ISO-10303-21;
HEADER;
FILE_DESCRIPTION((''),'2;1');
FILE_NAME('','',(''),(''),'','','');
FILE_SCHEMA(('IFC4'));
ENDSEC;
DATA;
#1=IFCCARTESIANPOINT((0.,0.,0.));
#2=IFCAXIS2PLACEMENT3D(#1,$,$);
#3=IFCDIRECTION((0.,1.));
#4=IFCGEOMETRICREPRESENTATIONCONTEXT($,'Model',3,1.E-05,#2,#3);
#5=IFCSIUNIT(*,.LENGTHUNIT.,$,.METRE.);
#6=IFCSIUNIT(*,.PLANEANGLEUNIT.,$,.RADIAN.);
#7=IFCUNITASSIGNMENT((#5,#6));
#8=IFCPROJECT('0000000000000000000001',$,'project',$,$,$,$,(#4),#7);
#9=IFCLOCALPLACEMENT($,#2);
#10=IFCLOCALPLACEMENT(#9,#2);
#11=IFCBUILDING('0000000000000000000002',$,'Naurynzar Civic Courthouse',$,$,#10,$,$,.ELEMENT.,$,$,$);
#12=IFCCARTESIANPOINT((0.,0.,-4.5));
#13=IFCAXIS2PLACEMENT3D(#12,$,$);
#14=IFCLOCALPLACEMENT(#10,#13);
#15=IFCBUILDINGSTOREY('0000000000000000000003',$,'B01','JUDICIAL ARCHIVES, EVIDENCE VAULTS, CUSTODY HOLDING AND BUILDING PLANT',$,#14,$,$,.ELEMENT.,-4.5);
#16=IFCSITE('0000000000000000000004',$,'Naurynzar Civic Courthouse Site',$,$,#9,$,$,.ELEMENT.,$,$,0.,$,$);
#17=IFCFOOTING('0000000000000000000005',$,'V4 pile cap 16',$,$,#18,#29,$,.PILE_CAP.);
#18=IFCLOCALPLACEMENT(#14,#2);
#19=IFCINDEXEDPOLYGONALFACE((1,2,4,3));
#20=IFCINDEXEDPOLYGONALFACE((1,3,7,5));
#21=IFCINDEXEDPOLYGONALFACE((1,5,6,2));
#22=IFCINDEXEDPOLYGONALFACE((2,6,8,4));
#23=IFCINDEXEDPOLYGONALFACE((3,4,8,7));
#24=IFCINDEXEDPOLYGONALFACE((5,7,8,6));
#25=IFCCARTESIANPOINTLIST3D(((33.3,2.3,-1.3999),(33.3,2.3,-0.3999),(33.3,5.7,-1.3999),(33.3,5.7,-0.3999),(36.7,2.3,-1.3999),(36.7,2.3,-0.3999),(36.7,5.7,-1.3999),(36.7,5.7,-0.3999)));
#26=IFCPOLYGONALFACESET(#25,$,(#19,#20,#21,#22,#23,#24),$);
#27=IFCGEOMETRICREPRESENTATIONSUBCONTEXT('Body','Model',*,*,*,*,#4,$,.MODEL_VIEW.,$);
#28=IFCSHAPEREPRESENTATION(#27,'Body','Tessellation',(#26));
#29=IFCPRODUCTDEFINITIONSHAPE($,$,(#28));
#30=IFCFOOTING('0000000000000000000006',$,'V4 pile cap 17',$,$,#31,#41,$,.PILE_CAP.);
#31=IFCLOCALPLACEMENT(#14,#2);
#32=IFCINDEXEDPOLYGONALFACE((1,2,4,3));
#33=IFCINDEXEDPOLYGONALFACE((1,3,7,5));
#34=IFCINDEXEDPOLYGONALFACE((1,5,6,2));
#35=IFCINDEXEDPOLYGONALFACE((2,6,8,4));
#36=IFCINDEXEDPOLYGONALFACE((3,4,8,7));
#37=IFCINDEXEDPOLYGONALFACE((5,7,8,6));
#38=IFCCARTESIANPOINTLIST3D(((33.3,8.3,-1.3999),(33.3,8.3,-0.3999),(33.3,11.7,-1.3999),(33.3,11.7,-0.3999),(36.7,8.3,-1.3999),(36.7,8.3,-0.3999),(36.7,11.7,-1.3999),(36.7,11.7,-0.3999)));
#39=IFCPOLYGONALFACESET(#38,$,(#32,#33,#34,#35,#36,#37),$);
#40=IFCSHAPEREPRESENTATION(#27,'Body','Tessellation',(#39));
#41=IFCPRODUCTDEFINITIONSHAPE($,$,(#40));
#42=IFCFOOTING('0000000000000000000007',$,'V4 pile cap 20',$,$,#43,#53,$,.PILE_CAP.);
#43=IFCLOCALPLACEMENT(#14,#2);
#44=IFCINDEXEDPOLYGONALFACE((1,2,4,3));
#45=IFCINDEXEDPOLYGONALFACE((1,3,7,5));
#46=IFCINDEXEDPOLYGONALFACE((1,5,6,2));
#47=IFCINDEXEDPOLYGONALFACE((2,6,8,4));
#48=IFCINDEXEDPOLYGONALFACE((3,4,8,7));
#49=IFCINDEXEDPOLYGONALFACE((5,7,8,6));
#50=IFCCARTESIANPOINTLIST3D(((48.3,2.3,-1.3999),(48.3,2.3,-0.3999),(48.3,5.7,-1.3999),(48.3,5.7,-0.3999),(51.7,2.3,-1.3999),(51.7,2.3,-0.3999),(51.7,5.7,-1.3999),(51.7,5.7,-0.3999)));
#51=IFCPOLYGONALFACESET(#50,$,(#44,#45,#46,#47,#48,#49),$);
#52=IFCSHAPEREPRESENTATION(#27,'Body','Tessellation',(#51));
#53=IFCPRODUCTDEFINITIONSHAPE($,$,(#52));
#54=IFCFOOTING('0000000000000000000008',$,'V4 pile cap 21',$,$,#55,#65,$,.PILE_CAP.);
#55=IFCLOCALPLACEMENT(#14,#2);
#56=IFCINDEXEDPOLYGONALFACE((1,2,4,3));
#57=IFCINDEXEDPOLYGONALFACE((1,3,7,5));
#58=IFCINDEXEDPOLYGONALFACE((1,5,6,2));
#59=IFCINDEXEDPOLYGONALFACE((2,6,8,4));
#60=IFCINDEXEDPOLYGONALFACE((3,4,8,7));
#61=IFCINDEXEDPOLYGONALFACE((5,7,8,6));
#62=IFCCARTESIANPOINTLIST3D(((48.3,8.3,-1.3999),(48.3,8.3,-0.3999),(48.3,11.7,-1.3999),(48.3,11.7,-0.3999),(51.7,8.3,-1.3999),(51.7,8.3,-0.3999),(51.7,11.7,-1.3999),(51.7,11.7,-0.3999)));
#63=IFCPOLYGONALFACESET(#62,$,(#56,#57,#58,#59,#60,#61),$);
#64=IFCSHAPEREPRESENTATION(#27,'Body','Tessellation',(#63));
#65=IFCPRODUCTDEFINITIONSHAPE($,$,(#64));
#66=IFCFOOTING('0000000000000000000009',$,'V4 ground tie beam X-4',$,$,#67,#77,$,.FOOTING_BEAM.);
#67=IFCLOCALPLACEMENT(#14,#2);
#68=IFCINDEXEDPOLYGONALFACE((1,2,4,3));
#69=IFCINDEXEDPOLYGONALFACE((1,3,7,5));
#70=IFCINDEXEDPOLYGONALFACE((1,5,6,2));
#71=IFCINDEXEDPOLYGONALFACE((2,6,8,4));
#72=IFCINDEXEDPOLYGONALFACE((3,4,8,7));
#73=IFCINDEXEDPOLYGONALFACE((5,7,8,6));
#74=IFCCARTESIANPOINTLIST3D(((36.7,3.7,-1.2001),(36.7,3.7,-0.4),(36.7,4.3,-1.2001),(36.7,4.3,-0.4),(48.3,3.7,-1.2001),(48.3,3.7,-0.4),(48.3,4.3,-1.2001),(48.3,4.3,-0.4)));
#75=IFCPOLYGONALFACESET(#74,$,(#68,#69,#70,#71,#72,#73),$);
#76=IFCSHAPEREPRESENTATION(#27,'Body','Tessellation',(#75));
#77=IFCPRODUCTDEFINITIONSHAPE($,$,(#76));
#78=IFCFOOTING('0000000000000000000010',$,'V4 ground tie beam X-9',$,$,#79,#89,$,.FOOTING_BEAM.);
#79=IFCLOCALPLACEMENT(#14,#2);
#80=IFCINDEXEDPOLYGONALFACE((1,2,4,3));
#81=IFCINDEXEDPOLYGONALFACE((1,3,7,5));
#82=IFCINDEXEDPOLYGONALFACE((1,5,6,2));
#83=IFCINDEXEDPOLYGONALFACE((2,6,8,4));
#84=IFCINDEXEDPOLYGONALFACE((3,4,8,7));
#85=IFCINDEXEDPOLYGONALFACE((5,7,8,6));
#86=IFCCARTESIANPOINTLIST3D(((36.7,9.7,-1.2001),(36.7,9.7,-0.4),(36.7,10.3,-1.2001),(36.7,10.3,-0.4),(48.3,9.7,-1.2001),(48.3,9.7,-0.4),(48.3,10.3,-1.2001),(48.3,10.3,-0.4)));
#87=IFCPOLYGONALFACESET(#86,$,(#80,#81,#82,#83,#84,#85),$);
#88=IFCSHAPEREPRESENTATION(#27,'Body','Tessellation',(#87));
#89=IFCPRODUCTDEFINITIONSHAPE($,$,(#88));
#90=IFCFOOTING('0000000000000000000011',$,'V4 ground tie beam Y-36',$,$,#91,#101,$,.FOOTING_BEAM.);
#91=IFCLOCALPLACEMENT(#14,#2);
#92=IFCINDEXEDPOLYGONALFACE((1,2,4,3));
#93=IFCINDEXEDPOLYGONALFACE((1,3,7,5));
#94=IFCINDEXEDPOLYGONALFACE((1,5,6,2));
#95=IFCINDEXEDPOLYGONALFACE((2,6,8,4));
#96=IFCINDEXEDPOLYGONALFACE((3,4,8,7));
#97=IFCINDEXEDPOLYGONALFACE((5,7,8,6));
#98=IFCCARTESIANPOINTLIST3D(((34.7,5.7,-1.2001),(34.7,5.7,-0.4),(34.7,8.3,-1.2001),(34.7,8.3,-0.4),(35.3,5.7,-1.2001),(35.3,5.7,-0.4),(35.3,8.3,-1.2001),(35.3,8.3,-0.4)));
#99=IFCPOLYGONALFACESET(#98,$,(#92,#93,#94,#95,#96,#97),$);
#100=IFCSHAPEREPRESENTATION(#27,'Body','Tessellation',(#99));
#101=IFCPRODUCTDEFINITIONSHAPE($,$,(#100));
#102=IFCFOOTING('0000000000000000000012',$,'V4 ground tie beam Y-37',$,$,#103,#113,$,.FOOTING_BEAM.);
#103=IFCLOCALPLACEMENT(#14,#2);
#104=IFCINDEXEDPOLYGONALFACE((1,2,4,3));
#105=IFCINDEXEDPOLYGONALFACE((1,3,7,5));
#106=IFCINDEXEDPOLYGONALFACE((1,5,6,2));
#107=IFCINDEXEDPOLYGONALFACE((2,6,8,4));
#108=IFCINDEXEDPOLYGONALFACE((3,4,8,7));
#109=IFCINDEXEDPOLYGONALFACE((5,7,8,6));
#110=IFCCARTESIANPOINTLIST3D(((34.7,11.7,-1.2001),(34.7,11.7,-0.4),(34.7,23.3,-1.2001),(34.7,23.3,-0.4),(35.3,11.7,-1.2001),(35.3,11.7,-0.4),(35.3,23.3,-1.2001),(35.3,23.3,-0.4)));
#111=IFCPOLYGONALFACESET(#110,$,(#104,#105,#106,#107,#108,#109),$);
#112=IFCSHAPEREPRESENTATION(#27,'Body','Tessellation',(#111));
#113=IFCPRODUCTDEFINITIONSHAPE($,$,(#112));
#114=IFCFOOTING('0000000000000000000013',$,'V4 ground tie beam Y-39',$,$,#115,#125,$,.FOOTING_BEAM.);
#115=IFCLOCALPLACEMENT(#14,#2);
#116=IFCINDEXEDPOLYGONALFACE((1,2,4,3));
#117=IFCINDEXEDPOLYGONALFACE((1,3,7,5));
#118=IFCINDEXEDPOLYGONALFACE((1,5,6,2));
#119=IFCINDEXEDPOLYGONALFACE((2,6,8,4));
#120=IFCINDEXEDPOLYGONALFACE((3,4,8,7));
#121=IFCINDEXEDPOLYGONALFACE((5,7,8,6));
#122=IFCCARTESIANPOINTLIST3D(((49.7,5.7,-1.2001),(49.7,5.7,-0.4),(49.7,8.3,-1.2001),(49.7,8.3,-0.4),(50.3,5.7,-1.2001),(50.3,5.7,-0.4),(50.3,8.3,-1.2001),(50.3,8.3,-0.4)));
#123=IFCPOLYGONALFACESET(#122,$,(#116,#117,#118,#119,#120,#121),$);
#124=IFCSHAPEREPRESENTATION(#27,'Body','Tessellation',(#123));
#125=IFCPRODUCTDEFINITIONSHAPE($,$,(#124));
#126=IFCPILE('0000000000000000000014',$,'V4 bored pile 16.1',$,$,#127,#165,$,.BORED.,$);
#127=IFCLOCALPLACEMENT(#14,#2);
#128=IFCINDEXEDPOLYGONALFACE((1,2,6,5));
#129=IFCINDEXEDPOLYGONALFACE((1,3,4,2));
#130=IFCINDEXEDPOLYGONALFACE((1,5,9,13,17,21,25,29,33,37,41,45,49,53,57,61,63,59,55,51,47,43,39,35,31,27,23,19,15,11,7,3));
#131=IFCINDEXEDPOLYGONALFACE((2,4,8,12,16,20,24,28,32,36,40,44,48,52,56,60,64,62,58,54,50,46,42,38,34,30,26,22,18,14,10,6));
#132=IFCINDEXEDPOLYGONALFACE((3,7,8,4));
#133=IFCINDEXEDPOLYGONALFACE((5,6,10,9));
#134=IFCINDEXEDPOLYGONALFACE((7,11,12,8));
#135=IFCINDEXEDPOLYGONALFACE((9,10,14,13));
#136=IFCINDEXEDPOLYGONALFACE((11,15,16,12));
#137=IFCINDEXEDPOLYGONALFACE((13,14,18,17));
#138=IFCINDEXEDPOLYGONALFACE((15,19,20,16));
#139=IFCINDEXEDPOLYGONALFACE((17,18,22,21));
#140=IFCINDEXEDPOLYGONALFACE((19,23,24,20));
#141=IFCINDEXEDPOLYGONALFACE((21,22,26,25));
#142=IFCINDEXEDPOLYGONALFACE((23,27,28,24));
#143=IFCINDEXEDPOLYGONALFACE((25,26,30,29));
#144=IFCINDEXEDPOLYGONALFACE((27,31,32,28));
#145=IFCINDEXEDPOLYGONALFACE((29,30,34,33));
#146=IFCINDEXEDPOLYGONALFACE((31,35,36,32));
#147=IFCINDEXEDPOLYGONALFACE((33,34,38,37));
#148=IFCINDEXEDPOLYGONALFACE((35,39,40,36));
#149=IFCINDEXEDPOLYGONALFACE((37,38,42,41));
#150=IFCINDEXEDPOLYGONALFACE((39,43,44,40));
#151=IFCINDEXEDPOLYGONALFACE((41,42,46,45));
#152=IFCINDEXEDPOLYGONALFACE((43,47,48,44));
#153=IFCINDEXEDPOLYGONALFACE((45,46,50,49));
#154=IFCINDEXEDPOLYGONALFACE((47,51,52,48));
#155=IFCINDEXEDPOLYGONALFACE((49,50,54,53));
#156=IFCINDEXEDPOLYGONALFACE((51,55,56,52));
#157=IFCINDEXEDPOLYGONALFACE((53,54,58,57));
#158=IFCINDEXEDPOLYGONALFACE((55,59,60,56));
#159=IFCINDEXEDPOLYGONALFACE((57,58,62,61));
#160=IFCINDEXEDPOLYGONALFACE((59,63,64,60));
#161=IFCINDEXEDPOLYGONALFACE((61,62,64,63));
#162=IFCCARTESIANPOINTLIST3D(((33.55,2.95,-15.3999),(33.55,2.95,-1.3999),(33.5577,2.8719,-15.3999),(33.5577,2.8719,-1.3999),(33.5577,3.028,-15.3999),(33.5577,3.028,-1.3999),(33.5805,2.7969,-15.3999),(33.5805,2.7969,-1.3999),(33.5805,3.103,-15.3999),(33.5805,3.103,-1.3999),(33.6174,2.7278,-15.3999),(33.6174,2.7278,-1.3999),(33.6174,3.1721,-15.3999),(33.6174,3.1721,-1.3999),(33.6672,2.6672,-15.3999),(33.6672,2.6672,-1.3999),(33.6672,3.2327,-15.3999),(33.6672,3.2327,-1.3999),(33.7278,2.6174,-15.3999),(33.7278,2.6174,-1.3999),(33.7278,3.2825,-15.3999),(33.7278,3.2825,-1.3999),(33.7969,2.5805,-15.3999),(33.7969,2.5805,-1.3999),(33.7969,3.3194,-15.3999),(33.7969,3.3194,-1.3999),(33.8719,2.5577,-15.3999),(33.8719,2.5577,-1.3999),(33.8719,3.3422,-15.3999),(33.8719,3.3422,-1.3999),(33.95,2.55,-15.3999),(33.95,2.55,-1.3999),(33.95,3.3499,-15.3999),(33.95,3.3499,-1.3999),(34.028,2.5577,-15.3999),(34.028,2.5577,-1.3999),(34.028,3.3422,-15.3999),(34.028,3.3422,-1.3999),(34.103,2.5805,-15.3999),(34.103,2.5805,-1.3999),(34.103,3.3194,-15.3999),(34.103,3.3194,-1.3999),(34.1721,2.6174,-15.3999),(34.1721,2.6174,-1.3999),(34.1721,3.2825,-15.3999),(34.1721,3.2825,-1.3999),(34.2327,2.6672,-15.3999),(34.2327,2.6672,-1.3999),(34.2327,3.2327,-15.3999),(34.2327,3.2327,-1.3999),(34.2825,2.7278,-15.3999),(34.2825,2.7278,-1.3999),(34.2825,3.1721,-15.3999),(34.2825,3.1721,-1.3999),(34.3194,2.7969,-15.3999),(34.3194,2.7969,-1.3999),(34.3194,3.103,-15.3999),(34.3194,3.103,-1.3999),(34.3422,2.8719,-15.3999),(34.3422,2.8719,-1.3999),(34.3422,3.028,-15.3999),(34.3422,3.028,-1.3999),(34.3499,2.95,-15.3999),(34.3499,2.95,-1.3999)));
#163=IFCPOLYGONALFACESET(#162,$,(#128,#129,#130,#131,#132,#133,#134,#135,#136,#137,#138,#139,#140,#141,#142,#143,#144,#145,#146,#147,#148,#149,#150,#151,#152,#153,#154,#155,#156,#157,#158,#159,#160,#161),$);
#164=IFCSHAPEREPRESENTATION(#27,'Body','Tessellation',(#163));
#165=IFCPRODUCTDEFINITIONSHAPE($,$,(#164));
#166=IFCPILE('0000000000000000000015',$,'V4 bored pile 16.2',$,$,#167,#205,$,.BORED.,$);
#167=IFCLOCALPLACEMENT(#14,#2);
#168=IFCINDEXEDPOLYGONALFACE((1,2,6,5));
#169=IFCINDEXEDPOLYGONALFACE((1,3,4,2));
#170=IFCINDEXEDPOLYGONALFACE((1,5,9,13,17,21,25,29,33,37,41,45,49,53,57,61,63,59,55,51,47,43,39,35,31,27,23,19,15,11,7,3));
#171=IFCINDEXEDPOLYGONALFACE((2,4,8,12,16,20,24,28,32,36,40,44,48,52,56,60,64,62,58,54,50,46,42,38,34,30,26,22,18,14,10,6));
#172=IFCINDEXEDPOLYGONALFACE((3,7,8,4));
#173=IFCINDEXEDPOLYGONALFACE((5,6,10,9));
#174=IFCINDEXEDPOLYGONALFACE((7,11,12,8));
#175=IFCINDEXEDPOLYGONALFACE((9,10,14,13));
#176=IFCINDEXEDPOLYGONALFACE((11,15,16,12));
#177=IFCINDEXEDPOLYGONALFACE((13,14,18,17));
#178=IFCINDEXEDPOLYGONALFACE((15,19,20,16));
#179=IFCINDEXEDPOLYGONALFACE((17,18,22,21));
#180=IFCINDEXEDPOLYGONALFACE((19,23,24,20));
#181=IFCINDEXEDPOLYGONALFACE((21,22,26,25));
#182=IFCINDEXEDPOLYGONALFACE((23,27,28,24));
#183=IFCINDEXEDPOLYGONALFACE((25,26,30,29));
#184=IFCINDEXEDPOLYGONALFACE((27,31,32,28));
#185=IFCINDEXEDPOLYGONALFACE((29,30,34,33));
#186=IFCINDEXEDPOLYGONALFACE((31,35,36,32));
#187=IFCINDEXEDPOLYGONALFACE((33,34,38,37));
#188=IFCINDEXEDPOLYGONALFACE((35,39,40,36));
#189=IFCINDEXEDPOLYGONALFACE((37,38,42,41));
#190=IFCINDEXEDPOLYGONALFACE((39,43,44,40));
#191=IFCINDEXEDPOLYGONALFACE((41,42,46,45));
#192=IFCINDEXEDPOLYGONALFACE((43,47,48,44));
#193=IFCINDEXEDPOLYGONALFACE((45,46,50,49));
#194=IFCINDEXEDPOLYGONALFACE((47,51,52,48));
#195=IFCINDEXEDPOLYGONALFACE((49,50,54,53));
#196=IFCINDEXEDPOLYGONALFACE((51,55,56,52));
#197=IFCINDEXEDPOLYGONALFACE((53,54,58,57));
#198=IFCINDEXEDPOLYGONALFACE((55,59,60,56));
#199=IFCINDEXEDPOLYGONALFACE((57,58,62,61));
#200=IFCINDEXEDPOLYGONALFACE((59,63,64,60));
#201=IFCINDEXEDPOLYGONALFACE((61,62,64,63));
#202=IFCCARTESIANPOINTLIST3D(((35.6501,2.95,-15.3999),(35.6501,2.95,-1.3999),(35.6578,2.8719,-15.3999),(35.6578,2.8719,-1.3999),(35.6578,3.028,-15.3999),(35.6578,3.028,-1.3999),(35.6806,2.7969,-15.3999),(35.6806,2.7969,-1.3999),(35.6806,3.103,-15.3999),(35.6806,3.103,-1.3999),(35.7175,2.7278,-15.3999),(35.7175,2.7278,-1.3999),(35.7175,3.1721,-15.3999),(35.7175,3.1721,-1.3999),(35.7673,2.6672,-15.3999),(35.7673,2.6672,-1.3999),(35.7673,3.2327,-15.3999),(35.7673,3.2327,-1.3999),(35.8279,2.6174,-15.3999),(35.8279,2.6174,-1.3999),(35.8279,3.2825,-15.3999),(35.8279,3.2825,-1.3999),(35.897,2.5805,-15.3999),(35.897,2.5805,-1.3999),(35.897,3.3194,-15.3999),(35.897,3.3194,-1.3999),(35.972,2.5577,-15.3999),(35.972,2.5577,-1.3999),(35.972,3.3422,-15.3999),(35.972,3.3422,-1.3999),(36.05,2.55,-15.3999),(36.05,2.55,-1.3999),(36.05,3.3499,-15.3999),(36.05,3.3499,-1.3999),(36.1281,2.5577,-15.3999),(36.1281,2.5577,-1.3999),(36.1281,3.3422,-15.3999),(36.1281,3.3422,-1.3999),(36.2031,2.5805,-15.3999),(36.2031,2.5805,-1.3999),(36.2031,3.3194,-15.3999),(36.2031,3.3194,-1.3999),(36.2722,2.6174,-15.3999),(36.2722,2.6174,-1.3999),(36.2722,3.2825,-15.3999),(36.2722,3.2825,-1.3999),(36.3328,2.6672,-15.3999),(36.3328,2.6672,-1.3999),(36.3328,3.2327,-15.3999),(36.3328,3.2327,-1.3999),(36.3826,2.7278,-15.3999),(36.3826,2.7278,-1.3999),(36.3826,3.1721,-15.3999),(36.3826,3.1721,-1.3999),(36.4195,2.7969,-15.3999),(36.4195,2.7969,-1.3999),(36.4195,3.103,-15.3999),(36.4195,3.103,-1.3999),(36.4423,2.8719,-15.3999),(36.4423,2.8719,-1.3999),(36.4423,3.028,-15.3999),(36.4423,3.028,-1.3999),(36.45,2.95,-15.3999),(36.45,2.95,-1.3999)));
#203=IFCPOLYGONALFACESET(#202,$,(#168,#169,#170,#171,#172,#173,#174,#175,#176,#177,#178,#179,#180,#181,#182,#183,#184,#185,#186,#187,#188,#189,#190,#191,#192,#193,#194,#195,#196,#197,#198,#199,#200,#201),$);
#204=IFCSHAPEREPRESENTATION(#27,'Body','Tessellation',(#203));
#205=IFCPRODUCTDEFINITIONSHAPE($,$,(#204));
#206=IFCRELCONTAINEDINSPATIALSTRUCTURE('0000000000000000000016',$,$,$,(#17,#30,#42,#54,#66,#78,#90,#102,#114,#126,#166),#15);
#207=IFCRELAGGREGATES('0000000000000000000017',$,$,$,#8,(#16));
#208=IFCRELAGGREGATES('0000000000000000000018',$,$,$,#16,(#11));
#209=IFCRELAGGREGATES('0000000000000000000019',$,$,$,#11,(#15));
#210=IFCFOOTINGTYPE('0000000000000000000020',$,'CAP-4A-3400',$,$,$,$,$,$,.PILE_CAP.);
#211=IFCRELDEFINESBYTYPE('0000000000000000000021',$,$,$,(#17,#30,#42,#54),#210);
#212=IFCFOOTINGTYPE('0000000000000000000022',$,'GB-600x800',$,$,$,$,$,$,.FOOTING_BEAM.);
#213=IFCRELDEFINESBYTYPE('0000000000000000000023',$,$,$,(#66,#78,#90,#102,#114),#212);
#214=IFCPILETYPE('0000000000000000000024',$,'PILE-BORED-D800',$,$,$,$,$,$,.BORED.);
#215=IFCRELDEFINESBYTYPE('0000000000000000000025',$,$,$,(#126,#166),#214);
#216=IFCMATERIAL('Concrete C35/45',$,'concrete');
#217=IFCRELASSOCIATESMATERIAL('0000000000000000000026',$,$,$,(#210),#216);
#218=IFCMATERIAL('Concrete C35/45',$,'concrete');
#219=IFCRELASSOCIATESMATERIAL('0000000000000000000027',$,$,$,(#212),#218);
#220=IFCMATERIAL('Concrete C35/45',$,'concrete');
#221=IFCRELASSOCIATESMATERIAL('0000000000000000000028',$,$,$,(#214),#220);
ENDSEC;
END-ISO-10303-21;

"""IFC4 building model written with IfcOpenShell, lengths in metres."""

from ifc_helpers import new_model, si_unit, direction, frame, origin, origin_2d, place, context, subcontext, project, spatial, rectangle, circle, extrude, material, material_profile, profile_set, type_object, element, save


model = new_model("IFC4")

# Units and contexts
model_context = context("Model", 3, precision=1e-05, world=origin(), true_north=direction((0.0, 1.0)))
body_context = subcontext(model_context, "Body", "Model", "MODEL_VIEW")
ifc_project = project(units=[si_unit("LENGTHUNIT", "METRE"), si_unit("PLANEANGLEUNIT", "RADIAN")], contexts=[model_context])

# Site, building, storey
site_placement = place(None, origin())
site = spatial("IfcSite", under=ifc_project, at=site_placement, Name="Naurynzar Civic Courthouse Site", CompositionType="ELEMENT", RefElevation=0.0)
building_placement = place(site_placement, origin())
building = spatial("IfcBuilding", under=site, at=building_placement, Name="Naurynzar Civic Courthouse", CompositionType="ELEMENT")
storey_placement = place(building_placement, frame((0.0, 0.0, -4.5)))
storey = spatial("IfcBuildingStorey", under=building, at=storey_placement, Name="B01", Description="JUDICIAL ARCHIVES, EVIDENCE VAULTS, CUSTODY HOLDING AND BUILDING PLANT", CompositionType="ELEMENT", Elevation=-4.5)

# Footings
ifc_material_1 = material(Name="Concrete C35/45", Category="concrete")
footing_type_1 = type_object("IfcFootingType", Name="CAP-4A-3400", PredefinedType="PILE_CAP", material=ifc_material_1)
for number, where, z_axis, x_axis, name in (
    (1, (35.0, 4.0, -1.3999), (0.0, 0.0, 1.0), (1.0, 0.0, 0.0), "V4 pile cap 16"),
    (2, (35.0, 10.0, -1.3999), (0.0, 0.0, 1.0), (1.0, 0.0, 0.0), "V4 pile cap 17"),
    (3, (50.0, 4.0, -1.3999), (0.0, 0.0, 1.0), (1.0, 0.0, 0.0), "V4 pile cap 20"),
    (4, (50.0, 10.0, -1.3999), (0.0, 0.0, 1.0), (1.0, 0.0, 0.0), "V4 pile cap 21"),
):
    element("IfcFooting", number, at=place(storey_placement, frame(where, z_axis=z_axis, x_axis=x_axis)), inside=storey, type_object=footing_type_1, Name=name, PredefinedType="PILE_CAP", context=body_context, shape_type="SweptSolid", body=[
        extrude(rectangle(XDim=3.3999, YDim=3.3999, at=origin_2d()), origin(), (0.0, 0.0, 1.0), 1.0),
    ])
ifc_material_2 = material(Name="Concrete C35/45", Category="concrete")
ifc_material_profile_1 = material_profile(ifc_material_2, rectangle(XDim=0.6001, YDim=0.8, at=origin_2d()), Name="GB 600x800")
ifc_profile_set_1 = profile_set([ifc_material_profile_1], Name="Concrete C35/45")
footing_type_2 = type_object("IfcFootingType", Name="GB-600x800", PredefinedType="FOOTING_BEAM", material=ifc_profile_set_1)
for number, where, z_axis, x_axis, name in (
    (5, (36.7, 4.0, -0.8), (1.0, 0.0, 0.0), (0.0, 1.0, 0.0), "V4 ground tie beam X-4"),
    (6, (36.7, 10.0, -0.8), (1.0, 0.0, 0.0), (0.0, 1.0, 0.0), "V4 ground tie beam X-9"),
):
    element("IfcFooting", number, at=place(storey_placement, frame(where, z_axis=z_axis, x_axis=x_axis)), inside=storey, type_object=footing_type_2, Name=name, PredefinedType="FOOTING_BEAM", context=body_context, shape_type="SweptSolid", body=[
        extrude(rectangle(XDim=0.6001, YDim=0.8, at=origin_2d()), origin(), (0.0, 0.0, 1.0), 11.6001),
    ])
footing_1_placement = place(storey_placement, frame((35.0, 5.7, -0.8), z_axis=(0.0, 1.0, 0.0), x_axis=(-1.0, 0.0, 0.0)))
element("IfcFooting", 7, at=footing_1_placement, inside=storey, type_object=footing_type_2, Name="V4 ground tie beam Y-36", PredefinedType="FOOTING_BEAM", context=body_context, shape_type="SweptSolid", body=[
    extrude(rectangle(XDim=0.6001, YDim=0.8, at=origin_2d()), origin(), (0.0, 0.0, 1.0), 2.6001),
])
footing_2_placement = place(storey_placement, frame((35.0, 11.7, -0.8), z_axis=(0.0, 1.0, 0.0), x_axis=(-1.0, 0.0, 0.0)))
element("IfcFooting", 8, at=footing_2_placement, inside=storey, type_object=footing_type_2, Name="V4 ground tie beam Y-37", PredefinedType="FOOTING_BEAM", context=body_context, shape_type="SweptSolid", body=[
    extrude(rectangle(XDim=0.6001, YDim=0.8, at=origin_2d()), origin(), (0.0, 0.0, 1.0), 11.6001),
])
footing_3_placement = place(storey_placement, frame((50.0, 5.7, -0.8), z_axis=(0.0, 1.0, 0.0), x_axis=(-1.0, 0.0, 0.0)))
element("IfcFooting", 9, at=footing_3_placement, inside=storey, type_object=footing_type_2, Name="V4 ground tie beam Y-39", PredefinedType="FOOTING_BEAM", context=body_context, shape_type="SweptSolid", body=[
    extrude(rectangle(XDim=0.6001, YDim=0.8, at=origin_2d()), origin(), (0.0, 0.0, 1.0), 2.6001),
])

# Piles
ifc_material_3 = material(Name="Concrete C35/45", Category="concrete")
ifc_material_profile_2 = material_profile(ifc_material_3, circle(Radius=0.3999, at=origin_2d()), Name="PILE D800")
ifc_profile_set_2 = profile_set([ifc_material_profile_2], Name="Concrete C35/45")
pile_type = type_object("IfcPileType", Name="PILE-BORED-D800", PredefinedType="BORED", material=ifc_profile_set_2)
for number, where, z_axis, x_axis, name in (
    (10, (33.95, 2.95, -1.3999), (0.0, 0.0, -1.0), (1.0, 0.0, 0.0), "V4 bored pile 16.1"),
    (11, (36.05, 2.95, -1.3999), (0.0, 0.0, -1.0), (1.0, 0.0, 0.0), "V4 bored pile 16.2"),
):
    element("IfcPile", number, at=place(storey_placement, frame(where, z_axis=z_axis, x_axis=x_axis)), inside=storey, type_object=pile_type, Name=name, PredefinedType="BORED", context=body_context, shape_type="SweptSolid", body=[
        extrude(circle(Radius=0.3999, at=origin_2d()), origin(), (0.0, 0.0, 1.0), 14.0),
    ])

save(model, "model.ifc")
